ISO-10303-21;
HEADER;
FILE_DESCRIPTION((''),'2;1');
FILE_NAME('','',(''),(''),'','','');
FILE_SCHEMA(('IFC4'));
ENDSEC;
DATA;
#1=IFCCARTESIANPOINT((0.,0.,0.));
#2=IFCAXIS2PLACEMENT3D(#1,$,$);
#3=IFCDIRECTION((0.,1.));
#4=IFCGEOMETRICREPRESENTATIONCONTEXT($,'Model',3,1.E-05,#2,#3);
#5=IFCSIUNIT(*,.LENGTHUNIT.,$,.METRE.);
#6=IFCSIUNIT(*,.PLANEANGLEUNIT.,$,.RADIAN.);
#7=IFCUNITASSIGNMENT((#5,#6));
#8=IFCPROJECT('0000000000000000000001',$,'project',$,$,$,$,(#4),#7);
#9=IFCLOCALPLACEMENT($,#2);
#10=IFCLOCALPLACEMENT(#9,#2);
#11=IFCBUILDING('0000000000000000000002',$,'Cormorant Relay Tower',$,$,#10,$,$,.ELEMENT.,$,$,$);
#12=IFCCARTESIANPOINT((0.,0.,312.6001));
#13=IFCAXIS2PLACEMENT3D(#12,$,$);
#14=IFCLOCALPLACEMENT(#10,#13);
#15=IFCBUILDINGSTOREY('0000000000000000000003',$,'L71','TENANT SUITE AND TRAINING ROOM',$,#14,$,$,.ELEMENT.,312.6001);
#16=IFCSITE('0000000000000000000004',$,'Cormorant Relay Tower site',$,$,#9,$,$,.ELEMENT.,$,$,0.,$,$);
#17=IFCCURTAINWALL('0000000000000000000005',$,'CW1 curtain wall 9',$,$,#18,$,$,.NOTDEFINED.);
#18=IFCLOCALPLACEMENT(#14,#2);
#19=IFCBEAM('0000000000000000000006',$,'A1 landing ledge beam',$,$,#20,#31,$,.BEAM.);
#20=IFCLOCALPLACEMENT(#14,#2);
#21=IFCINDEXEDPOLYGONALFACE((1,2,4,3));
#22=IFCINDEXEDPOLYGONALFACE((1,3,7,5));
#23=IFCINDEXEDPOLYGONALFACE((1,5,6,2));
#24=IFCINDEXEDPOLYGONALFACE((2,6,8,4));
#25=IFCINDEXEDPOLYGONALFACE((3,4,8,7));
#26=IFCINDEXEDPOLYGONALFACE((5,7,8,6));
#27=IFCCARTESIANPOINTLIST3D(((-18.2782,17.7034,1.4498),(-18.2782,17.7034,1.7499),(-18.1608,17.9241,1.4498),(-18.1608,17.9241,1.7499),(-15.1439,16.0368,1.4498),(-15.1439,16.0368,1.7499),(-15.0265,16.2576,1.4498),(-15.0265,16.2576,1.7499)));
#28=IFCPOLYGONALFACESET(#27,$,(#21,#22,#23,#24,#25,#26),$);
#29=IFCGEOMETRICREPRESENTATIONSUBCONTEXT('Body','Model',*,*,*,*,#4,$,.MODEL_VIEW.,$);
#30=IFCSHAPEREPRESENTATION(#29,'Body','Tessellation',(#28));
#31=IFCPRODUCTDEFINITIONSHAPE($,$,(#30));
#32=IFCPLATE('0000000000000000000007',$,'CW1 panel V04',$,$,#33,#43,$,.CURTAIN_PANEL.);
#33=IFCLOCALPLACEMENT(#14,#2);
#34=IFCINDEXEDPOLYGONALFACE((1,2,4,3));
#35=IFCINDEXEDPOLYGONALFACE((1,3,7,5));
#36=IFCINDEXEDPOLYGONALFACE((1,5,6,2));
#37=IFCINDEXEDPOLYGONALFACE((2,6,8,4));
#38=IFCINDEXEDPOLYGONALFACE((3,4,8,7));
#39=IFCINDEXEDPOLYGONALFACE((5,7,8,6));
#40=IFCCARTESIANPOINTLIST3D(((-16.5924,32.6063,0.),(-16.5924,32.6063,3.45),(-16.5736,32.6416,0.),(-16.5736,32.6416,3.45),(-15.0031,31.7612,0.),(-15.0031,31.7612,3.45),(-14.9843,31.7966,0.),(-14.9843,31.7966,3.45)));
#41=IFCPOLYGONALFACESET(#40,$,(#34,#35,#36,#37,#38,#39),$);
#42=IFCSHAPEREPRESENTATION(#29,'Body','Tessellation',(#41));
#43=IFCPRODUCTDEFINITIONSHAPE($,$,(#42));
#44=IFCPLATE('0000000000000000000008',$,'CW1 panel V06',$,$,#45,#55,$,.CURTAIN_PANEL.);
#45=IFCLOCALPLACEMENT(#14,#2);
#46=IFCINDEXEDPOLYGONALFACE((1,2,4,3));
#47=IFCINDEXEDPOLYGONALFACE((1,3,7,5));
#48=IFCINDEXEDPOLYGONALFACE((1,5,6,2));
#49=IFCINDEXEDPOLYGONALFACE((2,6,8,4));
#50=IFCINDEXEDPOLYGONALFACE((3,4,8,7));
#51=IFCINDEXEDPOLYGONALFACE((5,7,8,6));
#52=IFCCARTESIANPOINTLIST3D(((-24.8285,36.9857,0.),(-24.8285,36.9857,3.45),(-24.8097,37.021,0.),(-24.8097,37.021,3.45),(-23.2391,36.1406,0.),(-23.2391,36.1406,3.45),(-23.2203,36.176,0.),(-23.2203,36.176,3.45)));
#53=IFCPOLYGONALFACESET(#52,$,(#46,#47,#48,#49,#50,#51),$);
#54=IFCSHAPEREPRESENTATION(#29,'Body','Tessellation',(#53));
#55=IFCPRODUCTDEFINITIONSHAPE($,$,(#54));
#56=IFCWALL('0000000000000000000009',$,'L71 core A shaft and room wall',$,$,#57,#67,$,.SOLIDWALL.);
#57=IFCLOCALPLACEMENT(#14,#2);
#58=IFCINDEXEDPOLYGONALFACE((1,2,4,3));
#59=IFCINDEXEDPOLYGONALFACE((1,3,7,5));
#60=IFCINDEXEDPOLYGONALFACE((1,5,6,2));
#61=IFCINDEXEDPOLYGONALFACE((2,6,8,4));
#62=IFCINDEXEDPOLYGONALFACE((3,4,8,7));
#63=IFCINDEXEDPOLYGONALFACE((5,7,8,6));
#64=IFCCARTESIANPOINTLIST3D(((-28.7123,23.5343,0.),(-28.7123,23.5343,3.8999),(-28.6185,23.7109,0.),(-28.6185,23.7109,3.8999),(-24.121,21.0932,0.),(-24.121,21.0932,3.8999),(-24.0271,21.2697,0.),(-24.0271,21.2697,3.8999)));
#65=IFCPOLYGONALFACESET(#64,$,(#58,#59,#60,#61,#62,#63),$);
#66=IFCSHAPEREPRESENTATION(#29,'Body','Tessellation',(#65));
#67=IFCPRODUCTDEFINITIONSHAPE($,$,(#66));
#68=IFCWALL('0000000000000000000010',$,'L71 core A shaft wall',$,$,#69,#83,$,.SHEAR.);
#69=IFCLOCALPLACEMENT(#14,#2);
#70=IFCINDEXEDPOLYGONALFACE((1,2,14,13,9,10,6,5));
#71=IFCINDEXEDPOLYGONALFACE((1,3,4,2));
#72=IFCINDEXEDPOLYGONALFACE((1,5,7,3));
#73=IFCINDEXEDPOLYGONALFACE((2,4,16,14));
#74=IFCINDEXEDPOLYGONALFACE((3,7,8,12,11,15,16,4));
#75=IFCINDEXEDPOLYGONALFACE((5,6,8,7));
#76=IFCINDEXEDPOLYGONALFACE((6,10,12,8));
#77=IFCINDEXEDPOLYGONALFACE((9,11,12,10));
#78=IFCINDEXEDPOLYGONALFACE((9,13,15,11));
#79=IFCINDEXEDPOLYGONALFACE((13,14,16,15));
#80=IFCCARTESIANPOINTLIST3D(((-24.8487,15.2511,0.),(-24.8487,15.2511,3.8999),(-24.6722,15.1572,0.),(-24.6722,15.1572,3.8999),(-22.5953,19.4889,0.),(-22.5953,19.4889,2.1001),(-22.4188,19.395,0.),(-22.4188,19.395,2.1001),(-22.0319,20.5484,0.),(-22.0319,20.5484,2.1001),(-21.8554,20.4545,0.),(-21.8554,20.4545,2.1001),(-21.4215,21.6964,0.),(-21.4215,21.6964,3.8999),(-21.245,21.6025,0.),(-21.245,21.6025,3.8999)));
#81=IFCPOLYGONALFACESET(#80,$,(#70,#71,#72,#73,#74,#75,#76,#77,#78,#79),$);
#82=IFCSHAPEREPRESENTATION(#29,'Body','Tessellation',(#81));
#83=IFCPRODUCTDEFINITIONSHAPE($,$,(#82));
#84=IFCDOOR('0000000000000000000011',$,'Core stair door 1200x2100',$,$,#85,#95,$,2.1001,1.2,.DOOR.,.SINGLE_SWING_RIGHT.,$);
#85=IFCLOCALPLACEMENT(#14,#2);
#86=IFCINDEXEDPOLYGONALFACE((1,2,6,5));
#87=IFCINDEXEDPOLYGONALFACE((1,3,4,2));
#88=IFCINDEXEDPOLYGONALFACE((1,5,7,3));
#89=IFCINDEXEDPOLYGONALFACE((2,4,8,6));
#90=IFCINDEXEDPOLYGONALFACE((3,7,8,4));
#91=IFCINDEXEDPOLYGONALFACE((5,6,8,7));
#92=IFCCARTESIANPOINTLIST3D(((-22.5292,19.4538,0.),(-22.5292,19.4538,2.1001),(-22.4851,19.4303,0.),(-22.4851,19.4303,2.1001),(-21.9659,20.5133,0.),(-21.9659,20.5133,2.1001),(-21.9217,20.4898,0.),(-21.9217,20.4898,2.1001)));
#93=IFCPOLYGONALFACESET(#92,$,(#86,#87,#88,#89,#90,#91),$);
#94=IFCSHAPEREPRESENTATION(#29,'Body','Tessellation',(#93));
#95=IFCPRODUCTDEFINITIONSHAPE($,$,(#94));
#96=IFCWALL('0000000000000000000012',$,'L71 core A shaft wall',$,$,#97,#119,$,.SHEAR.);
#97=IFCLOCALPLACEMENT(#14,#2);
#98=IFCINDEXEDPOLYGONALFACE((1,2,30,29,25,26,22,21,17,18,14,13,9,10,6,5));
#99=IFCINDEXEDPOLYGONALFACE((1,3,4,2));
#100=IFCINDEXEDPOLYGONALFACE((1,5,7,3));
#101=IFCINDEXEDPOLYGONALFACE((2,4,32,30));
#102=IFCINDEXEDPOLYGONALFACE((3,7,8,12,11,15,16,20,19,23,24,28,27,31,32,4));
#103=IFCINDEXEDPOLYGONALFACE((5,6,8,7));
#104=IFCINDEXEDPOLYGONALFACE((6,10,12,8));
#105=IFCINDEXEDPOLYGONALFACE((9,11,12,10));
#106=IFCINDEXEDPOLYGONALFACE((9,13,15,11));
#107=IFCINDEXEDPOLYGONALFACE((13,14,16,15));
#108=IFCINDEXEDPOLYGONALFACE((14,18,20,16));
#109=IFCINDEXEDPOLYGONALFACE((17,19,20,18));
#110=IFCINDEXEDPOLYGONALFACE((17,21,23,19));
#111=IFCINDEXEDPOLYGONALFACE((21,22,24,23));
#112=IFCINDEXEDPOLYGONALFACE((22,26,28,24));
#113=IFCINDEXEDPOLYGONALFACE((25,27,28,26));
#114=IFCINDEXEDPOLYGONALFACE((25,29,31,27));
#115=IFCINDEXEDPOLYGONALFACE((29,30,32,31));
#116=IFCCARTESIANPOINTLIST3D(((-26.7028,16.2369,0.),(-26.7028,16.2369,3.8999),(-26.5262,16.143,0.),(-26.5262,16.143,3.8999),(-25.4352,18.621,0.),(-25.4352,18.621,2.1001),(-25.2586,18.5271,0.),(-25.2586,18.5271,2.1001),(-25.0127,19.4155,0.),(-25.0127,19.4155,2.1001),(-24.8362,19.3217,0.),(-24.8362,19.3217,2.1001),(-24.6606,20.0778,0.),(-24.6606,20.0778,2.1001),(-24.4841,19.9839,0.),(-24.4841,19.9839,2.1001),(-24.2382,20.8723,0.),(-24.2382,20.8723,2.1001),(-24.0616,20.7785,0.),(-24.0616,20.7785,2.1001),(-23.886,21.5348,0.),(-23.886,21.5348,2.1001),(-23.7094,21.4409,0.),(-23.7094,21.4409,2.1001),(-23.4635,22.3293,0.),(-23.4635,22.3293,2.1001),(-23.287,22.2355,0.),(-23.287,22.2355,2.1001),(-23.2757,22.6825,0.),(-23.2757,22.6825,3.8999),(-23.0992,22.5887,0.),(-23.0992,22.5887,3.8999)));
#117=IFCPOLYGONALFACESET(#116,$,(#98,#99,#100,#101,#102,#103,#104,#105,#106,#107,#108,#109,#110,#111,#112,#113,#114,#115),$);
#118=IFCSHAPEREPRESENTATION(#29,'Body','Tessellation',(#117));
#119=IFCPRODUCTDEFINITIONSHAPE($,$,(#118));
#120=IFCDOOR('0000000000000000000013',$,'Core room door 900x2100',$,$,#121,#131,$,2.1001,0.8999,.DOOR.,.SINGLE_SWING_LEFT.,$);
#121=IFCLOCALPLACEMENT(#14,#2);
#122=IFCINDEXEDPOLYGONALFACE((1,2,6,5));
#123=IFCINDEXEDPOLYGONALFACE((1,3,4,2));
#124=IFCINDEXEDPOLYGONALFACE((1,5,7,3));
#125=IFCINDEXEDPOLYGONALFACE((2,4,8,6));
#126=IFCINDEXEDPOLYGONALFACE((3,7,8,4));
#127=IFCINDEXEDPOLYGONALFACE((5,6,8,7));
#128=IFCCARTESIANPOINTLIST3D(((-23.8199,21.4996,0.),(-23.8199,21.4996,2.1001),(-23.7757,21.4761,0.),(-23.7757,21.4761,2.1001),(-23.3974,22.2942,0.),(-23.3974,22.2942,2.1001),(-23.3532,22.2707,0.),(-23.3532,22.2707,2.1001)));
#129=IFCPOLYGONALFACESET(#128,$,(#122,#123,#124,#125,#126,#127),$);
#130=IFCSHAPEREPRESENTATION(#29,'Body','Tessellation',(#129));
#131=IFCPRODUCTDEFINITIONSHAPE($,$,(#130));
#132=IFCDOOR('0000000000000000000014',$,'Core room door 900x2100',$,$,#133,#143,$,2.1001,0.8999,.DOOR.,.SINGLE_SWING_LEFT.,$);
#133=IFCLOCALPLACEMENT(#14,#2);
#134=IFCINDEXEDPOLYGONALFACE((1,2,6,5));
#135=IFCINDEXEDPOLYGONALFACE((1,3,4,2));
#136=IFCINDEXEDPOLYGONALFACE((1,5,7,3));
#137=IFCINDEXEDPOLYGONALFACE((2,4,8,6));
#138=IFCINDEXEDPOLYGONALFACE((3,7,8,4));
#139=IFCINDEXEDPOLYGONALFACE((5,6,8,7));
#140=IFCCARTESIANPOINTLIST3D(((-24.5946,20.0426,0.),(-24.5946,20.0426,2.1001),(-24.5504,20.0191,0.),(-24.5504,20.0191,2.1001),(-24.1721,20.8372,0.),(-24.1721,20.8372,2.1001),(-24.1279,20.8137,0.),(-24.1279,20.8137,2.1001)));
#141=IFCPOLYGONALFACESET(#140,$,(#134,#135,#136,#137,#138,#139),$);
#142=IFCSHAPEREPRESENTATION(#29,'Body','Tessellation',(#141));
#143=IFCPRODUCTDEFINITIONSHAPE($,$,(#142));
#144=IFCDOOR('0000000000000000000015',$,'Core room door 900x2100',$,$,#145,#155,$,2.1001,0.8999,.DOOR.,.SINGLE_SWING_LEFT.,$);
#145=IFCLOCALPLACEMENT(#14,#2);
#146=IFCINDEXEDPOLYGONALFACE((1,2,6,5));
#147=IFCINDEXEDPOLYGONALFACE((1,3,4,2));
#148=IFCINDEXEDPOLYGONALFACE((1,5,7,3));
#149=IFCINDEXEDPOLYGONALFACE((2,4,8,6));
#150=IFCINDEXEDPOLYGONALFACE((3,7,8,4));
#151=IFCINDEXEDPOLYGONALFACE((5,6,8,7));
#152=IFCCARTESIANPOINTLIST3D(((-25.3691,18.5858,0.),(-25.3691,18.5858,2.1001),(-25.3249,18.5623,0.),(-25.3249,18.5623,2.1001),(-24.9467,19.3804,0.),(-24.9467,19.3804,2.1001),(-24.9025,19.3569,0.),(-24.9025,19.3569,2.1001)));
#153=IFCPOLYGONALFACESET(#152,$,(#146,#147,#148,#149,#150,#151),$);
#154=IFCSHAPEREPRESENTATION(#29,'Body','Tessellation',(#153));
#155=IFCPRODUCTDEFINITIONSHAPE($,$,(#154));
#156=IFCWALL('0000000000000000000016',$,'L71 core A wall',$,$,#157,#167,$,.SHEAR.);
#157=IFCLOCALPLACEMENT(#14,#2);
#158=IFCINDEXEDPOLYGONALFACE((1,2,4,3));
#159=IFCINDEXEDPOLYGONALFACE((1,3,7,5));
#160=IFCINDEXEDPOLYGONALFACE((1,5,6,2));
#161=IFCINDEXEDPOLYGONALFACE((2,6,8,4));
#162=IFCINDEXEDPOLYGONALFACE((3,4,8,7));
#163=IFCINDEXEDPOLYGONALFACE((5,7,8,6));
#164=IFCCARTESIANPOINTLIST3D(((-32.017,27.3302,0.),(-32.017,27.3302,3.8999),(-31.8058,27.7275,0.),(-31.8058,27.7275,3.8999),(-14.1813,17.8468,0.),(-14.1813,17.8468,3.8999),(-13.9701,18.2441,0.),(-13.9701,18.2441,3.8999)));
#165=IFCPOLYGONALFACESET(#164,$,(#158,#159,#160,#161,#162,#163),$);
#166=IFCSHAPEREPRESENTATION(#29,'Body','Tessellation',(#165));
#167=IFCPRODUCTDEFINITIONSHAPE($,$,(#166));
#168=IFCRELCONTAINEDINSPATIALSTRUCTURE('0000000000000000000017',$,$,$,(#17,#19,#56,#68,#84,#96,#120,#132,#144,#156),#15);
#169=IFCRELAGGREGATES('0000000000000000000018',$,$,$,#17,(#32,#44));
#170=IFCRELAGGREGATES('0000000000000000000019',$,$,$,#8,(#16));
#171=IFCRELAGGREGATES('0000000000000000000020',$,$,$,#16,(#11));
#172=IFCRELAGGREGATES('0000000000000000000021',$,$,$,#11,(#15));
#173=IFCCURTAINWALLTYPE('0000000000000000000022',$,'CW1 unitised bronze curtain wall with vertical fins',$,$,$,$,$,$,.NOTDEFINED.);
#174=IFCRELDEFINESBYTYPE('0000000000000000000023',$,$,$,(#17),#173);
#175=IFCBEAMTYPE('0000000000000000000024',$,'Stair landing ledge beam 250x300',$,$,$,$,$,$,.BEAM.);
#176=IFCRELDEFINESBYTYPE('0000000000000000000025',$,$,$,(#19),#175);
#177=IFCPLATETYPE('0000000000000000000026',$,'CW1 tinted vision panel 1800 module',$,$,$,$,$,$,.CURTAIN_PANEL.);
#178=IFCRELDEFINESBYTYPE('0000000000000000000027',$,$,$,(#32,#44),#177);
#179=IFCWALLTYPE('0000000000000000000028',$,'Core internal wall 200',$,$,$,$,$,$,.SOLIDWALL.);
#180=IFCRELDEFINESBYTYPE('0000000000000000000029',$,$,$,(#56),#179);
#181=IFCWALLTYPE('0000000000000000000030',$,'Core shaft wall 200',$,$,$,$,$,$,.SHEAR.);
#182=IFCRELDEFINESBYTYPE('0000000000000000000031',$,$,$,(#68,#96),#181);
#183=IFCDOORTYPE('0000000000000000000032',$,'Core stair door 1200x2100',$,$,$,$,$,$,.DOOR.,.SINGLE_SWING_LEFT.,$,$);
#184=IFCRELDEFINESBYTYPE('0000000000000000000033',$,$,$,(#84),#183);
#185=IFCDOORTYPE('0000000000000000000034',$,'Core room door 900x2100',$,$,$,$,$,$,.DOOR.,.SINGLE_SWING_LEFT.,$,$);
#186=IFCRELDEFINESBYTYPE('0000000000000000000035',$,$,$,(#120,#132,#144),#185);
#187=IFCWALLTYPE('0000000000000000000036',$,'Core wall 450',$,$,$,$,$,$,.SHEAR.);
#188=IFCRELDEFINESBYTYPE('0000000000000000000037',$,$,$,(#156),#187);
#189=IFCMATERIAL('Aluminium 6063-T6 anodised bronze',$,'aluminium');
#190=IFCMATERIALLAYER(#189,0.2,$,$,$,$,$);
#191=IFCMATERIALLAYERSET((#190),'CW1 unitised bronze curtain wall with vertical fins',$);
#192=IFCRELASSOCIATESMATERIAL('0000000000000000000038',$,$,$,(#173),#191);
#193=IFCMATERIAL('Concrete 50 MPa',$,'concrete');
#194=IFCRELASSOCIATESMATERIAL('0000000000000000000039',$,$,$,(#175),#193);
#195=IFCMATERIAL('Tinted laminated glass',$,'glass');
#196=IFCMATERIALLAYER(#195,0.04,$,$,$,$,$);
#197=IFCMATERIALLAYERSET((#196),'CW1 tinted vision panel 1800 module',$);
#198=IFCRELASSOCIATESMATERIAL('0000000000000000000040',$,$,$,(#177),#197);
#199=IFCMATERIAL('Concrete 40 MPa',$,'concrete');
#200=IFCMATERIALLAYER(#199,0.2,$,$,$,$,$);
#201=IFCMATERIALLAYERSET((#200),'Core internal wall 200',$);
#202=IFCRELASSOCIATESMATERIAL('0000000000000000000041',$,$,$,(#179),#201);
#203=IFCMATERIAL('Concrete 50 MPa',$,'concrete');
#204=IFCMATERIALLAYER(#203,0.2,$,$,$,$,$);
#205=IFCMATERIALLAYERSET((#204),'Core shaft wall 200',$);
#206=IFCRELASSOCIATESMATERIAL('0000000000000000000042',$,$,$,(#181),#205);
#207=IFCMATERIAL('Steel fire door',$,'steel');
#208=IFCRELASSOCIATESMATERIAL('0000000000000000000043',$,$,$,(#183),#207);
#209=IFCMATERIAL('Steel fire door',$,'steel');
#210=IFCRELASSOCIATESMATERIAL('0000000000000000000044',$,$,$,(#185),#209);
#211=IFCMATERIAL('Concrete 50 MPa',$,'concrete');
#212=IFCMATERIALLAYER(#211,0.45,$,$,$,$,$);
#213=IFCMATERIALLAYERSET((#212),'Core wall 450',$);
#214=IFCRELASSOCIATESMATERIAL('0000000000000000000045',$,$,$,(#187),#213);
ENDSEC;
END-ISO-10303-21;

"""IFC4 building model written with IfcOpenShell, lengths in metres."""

from ifc_helpers import new_model, si_unit, direction, frame, frame_2d, origin, origin_2d, place, context, subcontext, project, spatial, rectangle, extrude, material, layer, layer_set, material_profile, profile_set, type_object, element, fill, aggregate, save


model = new_model("IFC4")

# Units and contexts
model_context = context("Model", 3, precision=1e-05, world=origin(), true_north=direction((0.0, 1.0)))
body_context = subcontext(model_context, "Body", "Model", "MODEL_VIEW")
ifc_project = project(units=[si_unit("LENGTHUNIT", "METRE"), si_unit("PLANEANGLEUNIT", "RADIAN")], contexts=[model_context])

# Site, building, storey
site_placement = place(None, origin())
site = spatial("IfcSite", under=ifc_project, at=site_placement, Name="Cormorant Relay Tower site", CompositionType="ELEMENT", RefElevation=0.0)
building_placement = place(site_placement, origin())
building = spatial("IfcBuilding", under=site, at=building_placement, Name="Cormorant Relay Tower", CompositionType="ELEMENT")
storey_placement = place(building_placement, frame((0.0, 0.0, 312.6001)))
storey = spatial("IfcBuildingStorey", under=building, at=storey_placement, Name="L71", Description="TENANT SUITE AND TRAINING ROOM", CompositionType="ELEMENT", Elevation=312.6001)

# Curtain wall
ifc_material_1 = material(Name="Aluminium 6063-T6 anodised bronze", Category="aluminium")
ifc_layer_1 = layer(ifc_material_1, 0.2)
ifc_layer_set_1 = layer_set([ifc_layer_1], Name="CW1 unitised bronze curtain wall with vertical fins")
curtain_wall_type = type_object("IfcCurtainWallType", Name="CW1 unitised bronze curtain wall with vertical fins", PredefinedType="NOTDEFINED", material=ifc_layer_set_1)
curtain_wall_placement = place(storey_placement, origin())
curtain_wall = element("IfcCurtainWall", 1, at=curtain_wall_placement, inside=storey, type_object=curtain_wall_type, Name="CW1 curtain wall 9", PredefinedType="NOTDEFINED")

# Beam
ifc_material_2 = material(Name="Concrete 50 MPa", Category="concrete")
ifc_material_profile_1 = material_profile(ifc_material_2, rectangle(XDim=0.25, YDim=0.3, at=origin_2d()), Name="RC 250x300")
ifc_profile_set_1 = profile_set([ifc_material_profile_1], Name="Concrete 50 MPa")
beam_type_1 = type_object("IfcBeamType", Name="Stair landing ledge beam 250x300", PredefinedType="BEAM", material=ifc_profile_set_1)
beam_1_placement = place(storey_placement, frame((-18.2195, 17.8137, 1.5999), z_axis=(0.88295, -0.469467, 0.0), x_axis=(0.469467, 0.88295, 0.0)))
element("IfcBeam", 2, at=beam_1_placement, inside=storey, type_object=beam_type_1, Name="A1 landing ledge beam", PredefinedType="BEAM", context=body_context, shape_type="SweptSolid", body=[
    extrude(rectangle(XDim=0.25, YDim=0.3, at=origin_2d()), origin(), (0.0, 0.0, 1.0), 3.5498),
])

# Plates
ifc_material_3 = material(Name="Tinted laminated glass", Category="glass")
ifc_layer_2 = layer(ifc_material_3, 0.04)
ifc_layer_set_2 = layer_set([ifc_layer_2], Name="CW1 tinted vision panel 1800 module")
plate_type = type_object("IfcPlateType", Name="CW1 tinted vision panel 1800 module", PredefinedType="CURTAIN_PANEL", material=ifc_layer_set_2)
plate_1_placement = place(storey_placement, frame((-15.7883, 32.2014, 0.0), z_axis=(0.0, 0.0, 1.0), x_axis=(-0.882948, 0.469472, 0.0)))
plate_1 = element("IfcPlate", 3, at=plate_1_placement, type_object=plate_type, Name="CW1 panel V04", PredefinedType="CURTAIN_PANEL", context=body_context, shape_type="SweptSolid", body=[
    extrude(rectangle(XDim=1.8, YDim=0.04, at=origin_2d()), origin(), (0.0, 0.0, 1.0), 3.45),
])
plate_2_placement = place(storey_placement, frame((-24.0244, 36.5808, 0.0), z_axis=(0.0, 0.0, 1.0), x_axis=(-0.882948, 0.469472, 0.0)))
plate_2 = element("IfcPlate", 4, at=plate_2_placement, type_object=plate_type, Name="CW1 panel V06", PredefinedType="CURTAIN_PANEL", context=body_context, shape_type="SweptSolid", body=[
    extrude(rectangle(XDim=1.8, YDim=0.04, at=origin_2d()), origin(), (0.0, 0.0, 1.0), 3.45),
])

# Wall
ifc_material_4 = material(Name="Concrete 40 MPa", Category="concrete")
ifc_layer_3 = layer(ifc_material_4, 0.2)
ifc_layer_set_3 = layer_set([ifc_layer_3], Name="Core internal wall 200")
wall_type_1 = type_object("IfcWallType", Name="Core internal wall 200", PredefinedType="SOLIDWALL", material=ifc_layer_set_3)
wall_1_placement = place(storey_placement, frame((-24.074, 21.1814, 0.0), z_axis=(0.0, 0.0, 1.0), x_axis=(-0.882954, 0.46946, 0.0)))
element("IfcWall", 5, at=wall_1_placement, inside=storey, type_object=wall_type_1, Name="L71 core A shaft and room wall", PredefinedType="SOLIDWALL", context=body_context, shape_type="SweptSolid", body=[
    extrude(rectangle(XDim=5.2, YDim=0.2, at=frame_2d((2.6001, 0.0))), origin(), (0.0, 0.0, 1.0), 3.8999),
])

# Wall, opening, door
ifc_material_5 = material(Name="Concrete 50 MPa", Category="concrete")
ifc_layer_4 = layer(ifc_material_5, 0.2)
ifc_layer_set_4 = layer_set([ifc_layer_4], Name="Core shaft wall 200")
wall_type_2 = type_object("IfcWallType", Name="Core shaft wall 200", PredefinedType="SHEAR", material=ifc_layer_set_4)
wall_2_placement = place(storey_placement, frame((-21.3333, 21.6494, 0.0), z_axis=(0.0, 0.0, 1.0), x_axis=(-0.469494, -0.882936, 0.0)))
wall_2 = element("IfcWall", 6, at=wall_2_placement, inside=storey, type_object=wall_type_2, Name="L71 core A shaft wall", PredefinedType="SHEAR", context=body_context, shape_type="SweptSolid", body=[
    extrude(rectangle(XDim=7.2998, YDim=0.2, at=frame_2d((3.6499, 0.0))), origin(), (0.0, 0.0, 1.0), 3.8999),
])
opening_1_placement = place(wall_2_placement, frame((1.3, 0.0, 0.0)))
opening_1 = element("IfcOpeningElement", 7, at=opening_1_placement, cuts=wall_2, PredefinedType="OPENING", context=body_context, shape_type="SweptSolid", body=[
    extrude(rectangle(XDim=1.2, YDim=2.1001, at=frame_2d((0.6001, 1.05))), frame((0.0, 0.1099, 0.0), z_axis=(0.0, -1.0, 0.0), x_axis=(1.0, 0.0, 0.0)), (0.0, 0.0, 1.0), 0.22),
])
ifc_material_6 = material(Name="Steel fire door", Category="steel")
door_type_1 = type_object("IfcDoorType", Name="Core stair door 1200x2100", OperationType="SINGLE_SWING_LEFT", PredefinedType="DOOR", material=ifc_material_6)
door_1_placement = place(opening_1_placement, origin())
door_1 = element("IfcDoor", 8, at=door_1_placement, inside=storey, type_object=door_type_1, Name="Core stair door 1200x2100", OperationType="SINGLE_SWING_RIGHT", OverallHeight=2.1001, OverallWidth=1.2, PredefinedType="DOOR", context=body_context, shape_type="SweptSolid", body=[
    extrude(rectangle(XDim=1.2, YDim=2.1001, at=frame_2d((0.6001, 1.05))), frame((0.0, 0.0249, 0.0), z_axis=(0.0, -1.0, 0.0), x_axis=(1.0, 0.0, 0.0)), (0.0, 0.0, 1.0), 0.05),
])
fill(opening_1, door_1)

# Wall, openings, doors
wall_3_placement = place(storey_placement, frame((-23.1875, 22.6355, 0.0), z_axis=(0.0, 0.0, 1.0), x_axis=(-0.469454, -0.882957, 0.0)))
wall_3 = element("IfcWall", 9, at=wall_3_placement, inside=storey, type_object=wall_type_2, Name="L71 core A shaft wall", PredefinedType="SHEAR", context=body_context, shape_type="SweptSolid", body=[
    extrude(rectangle(XDim=7.3, YDim=0.2, at=frame_2d((3.6499, 0.0))), origin(), (0.0, 0.0, 1.0), 3.8999),
])
opening_2_placement = place(wall_3_placement, frame((0.3999, 0.0, 0.0)))
opening_2 = element("IfcOpeningElement", 10, at=opening_2_placement, cuts=wall_3, PredefinedType="OPENING", context=body_context, shape_type="SweptSolid", body=[
    extrude(rectangle(XDim=0.8999, YDim=2.1001, at=frame_2d((0.45, 1.05))), frame((0.0, 0.1099, 0.0), z_axis=(0.0, -1.0, 0.0), x_axis=(1.0, 0.0, 0.0)), (0.0, 0.0, 1.0), 0.22),
])
opening_3_placement = place(wall_3_placement, frame((2.05, 0.0, 0.0)))
opening_3 = element("IfcOpeningElement", 11, at=opening_3_placement, cuts=wall_3, PredefinedType="OPENING", context=body_context, shape_type="SweptSolid", body=[
    extrude(rectangle(XDim=0.8999, YDim=2.1001, at=frame_2d((0.45, 1.05))), frame((0.0, 0.1099, 0.0), z_axis=(0.0, -1.0, 0.0), x_axis=(1.0, 0.0, 0.0)), (0.0, 0.0, 1.0), 0.22),
])
opening_4_placement = place(wall_3_placement, frame((3.7, 0.0, 0.0)))
opening_4 = element("IfcOpeningElement", 12, at=opening_4_placement, cuts=wall_3, PredefinedType="OPENING", context=body_context, shape_type="SweptSolid", body=[
    extrude(rectangle(XDim=0.8999, YDim=2.1001, at=frame_2d((0.45, 1.05))), frame((0.0, 0.1099, 0.0), z_axis=(0.0, -1.0, 0.0), x_axis=(1.0, 0.0, 0.0)), (0.0, 0.0, 1.0), 0.22),
])
ifc_material_7 = material(Name="Steel fire door", Category="steel")
door_type_2 = type_object("IfcDoorType", Name="Core room door 900x2100", OperationType="SINGLE_SWING_LEFT", PredefinedType="DOOR", material=ifc_material_7)
door_2_placement = place(opening_2_placement, origin())
door_2 = element("IfcDoor", 13, at=door_2_placement, inside=storey, type_object=door_type_2, Name="Core room door 900x2100", OperationType="SINGLE_SWING_LEFT", OverallHeight=2.1001, OverallWidth=0.8999, PredefinedType="DOOR", context=body_context, shape_type="SweptSolid", body=[
    extrude(rectangle(XDim=0.8999, YDim=2.1001, at=frame_2d((0.45, 1.05))), frame((0.0, 0.0249, 0.0), z_axis=(0.0, -1.0, 0.0), x_axis=(1.0, 0.0, 0.0)), (0.0, 0.0, 1.0), 0.05),
])
fill(opening_2, door_2)
door_3_placement = place(opening_3_placement, origin())
door_3 = element("IfcDoor", 14, at=door_3_placement, inside=storey, type_object=door_type_2, Name="Core room door 900x2100", OperationType="SINGLE_SWING_LEFT", OverallHeight=2.1001, OverallWidth=0.8999, PredefinedType="DOOR", context=body_context, shape_type="SweptSolid", body=[
    extrude(rectangle(XDim=0.8999, YDim=2.1001, at=frame_2d((0.45, 1.05))), frame((0.0, 0.0249, 0.0), z_axis=(0.0, -1.0, 0.0), x_axis=(1.0, 0.0, 0.0)), (0.0, 0.0, 1.0), 0.05),
])
fill(opening_3, door_3)
door_4_placement = place(opening_4_placement, origin())
door_4 = element("IfcDoor", 15, at=door_4_placement, inside=storey, type_object=door_type_2, Name="Core room door 900x2100", OperationType="SINGLE_SWING_LEFT", OverallHeight=2.1001, OverallWidth=0.8999, PredefinedType="DOOR", context=body_context, shape_type="SweptSolid", body=[
    extrude(rectangle(XDim=0.8999, YDim=2.1001, at=frame_2d((0.45, 1.05))), frame((0.0, 0.0249, 0.0), z_axis=(0.0, -1.0, 0.0), x_axis=(1.0, 0.0, 0.0)), (0.0, 0.0, 1.0), 0.05),
])
fill(opening_4, door_4)

# Shared definitions
ifc_material_8 = material(Name="Concrete 50 MPa", Category="concrete")
ifc_layer_5 = layer(ifc_material_8, 0.45)
ifc_layer_set_5 = layer_set([ifc_layer_5], Name="Core wall 450")
wall_type_3 = type_object("IfcWallType", Name="Core wall 450", PredefinedType="SHEAR", material=ifc_layer_set_5)

# Wall
wall_4_placement = place(storey_placement, frame((-14.0757, 18.0454, 0.0), z_axis=(0.0, 0.0, 1.0), x_axis=(-0.882948, 0.469471, 0.0)))
element("IfcWall", 16, at=wall_4_placement, inside=storey, type_object=wall_type_3, Name="L71 core A wall", PredefinedType="SHEAR", context=body_context, shape_type="SweptSolid", body=[
    extrude(rectangle(XDim=20.2002, YDim=0.45, at=frame_2d((10.1001, 0.0))), origin(), (0.0, 0.0, 1.0), 3.8999),
])

aggregate(curtain_wall, [plate_1, plate_2])

save(model, "model.ifc")
